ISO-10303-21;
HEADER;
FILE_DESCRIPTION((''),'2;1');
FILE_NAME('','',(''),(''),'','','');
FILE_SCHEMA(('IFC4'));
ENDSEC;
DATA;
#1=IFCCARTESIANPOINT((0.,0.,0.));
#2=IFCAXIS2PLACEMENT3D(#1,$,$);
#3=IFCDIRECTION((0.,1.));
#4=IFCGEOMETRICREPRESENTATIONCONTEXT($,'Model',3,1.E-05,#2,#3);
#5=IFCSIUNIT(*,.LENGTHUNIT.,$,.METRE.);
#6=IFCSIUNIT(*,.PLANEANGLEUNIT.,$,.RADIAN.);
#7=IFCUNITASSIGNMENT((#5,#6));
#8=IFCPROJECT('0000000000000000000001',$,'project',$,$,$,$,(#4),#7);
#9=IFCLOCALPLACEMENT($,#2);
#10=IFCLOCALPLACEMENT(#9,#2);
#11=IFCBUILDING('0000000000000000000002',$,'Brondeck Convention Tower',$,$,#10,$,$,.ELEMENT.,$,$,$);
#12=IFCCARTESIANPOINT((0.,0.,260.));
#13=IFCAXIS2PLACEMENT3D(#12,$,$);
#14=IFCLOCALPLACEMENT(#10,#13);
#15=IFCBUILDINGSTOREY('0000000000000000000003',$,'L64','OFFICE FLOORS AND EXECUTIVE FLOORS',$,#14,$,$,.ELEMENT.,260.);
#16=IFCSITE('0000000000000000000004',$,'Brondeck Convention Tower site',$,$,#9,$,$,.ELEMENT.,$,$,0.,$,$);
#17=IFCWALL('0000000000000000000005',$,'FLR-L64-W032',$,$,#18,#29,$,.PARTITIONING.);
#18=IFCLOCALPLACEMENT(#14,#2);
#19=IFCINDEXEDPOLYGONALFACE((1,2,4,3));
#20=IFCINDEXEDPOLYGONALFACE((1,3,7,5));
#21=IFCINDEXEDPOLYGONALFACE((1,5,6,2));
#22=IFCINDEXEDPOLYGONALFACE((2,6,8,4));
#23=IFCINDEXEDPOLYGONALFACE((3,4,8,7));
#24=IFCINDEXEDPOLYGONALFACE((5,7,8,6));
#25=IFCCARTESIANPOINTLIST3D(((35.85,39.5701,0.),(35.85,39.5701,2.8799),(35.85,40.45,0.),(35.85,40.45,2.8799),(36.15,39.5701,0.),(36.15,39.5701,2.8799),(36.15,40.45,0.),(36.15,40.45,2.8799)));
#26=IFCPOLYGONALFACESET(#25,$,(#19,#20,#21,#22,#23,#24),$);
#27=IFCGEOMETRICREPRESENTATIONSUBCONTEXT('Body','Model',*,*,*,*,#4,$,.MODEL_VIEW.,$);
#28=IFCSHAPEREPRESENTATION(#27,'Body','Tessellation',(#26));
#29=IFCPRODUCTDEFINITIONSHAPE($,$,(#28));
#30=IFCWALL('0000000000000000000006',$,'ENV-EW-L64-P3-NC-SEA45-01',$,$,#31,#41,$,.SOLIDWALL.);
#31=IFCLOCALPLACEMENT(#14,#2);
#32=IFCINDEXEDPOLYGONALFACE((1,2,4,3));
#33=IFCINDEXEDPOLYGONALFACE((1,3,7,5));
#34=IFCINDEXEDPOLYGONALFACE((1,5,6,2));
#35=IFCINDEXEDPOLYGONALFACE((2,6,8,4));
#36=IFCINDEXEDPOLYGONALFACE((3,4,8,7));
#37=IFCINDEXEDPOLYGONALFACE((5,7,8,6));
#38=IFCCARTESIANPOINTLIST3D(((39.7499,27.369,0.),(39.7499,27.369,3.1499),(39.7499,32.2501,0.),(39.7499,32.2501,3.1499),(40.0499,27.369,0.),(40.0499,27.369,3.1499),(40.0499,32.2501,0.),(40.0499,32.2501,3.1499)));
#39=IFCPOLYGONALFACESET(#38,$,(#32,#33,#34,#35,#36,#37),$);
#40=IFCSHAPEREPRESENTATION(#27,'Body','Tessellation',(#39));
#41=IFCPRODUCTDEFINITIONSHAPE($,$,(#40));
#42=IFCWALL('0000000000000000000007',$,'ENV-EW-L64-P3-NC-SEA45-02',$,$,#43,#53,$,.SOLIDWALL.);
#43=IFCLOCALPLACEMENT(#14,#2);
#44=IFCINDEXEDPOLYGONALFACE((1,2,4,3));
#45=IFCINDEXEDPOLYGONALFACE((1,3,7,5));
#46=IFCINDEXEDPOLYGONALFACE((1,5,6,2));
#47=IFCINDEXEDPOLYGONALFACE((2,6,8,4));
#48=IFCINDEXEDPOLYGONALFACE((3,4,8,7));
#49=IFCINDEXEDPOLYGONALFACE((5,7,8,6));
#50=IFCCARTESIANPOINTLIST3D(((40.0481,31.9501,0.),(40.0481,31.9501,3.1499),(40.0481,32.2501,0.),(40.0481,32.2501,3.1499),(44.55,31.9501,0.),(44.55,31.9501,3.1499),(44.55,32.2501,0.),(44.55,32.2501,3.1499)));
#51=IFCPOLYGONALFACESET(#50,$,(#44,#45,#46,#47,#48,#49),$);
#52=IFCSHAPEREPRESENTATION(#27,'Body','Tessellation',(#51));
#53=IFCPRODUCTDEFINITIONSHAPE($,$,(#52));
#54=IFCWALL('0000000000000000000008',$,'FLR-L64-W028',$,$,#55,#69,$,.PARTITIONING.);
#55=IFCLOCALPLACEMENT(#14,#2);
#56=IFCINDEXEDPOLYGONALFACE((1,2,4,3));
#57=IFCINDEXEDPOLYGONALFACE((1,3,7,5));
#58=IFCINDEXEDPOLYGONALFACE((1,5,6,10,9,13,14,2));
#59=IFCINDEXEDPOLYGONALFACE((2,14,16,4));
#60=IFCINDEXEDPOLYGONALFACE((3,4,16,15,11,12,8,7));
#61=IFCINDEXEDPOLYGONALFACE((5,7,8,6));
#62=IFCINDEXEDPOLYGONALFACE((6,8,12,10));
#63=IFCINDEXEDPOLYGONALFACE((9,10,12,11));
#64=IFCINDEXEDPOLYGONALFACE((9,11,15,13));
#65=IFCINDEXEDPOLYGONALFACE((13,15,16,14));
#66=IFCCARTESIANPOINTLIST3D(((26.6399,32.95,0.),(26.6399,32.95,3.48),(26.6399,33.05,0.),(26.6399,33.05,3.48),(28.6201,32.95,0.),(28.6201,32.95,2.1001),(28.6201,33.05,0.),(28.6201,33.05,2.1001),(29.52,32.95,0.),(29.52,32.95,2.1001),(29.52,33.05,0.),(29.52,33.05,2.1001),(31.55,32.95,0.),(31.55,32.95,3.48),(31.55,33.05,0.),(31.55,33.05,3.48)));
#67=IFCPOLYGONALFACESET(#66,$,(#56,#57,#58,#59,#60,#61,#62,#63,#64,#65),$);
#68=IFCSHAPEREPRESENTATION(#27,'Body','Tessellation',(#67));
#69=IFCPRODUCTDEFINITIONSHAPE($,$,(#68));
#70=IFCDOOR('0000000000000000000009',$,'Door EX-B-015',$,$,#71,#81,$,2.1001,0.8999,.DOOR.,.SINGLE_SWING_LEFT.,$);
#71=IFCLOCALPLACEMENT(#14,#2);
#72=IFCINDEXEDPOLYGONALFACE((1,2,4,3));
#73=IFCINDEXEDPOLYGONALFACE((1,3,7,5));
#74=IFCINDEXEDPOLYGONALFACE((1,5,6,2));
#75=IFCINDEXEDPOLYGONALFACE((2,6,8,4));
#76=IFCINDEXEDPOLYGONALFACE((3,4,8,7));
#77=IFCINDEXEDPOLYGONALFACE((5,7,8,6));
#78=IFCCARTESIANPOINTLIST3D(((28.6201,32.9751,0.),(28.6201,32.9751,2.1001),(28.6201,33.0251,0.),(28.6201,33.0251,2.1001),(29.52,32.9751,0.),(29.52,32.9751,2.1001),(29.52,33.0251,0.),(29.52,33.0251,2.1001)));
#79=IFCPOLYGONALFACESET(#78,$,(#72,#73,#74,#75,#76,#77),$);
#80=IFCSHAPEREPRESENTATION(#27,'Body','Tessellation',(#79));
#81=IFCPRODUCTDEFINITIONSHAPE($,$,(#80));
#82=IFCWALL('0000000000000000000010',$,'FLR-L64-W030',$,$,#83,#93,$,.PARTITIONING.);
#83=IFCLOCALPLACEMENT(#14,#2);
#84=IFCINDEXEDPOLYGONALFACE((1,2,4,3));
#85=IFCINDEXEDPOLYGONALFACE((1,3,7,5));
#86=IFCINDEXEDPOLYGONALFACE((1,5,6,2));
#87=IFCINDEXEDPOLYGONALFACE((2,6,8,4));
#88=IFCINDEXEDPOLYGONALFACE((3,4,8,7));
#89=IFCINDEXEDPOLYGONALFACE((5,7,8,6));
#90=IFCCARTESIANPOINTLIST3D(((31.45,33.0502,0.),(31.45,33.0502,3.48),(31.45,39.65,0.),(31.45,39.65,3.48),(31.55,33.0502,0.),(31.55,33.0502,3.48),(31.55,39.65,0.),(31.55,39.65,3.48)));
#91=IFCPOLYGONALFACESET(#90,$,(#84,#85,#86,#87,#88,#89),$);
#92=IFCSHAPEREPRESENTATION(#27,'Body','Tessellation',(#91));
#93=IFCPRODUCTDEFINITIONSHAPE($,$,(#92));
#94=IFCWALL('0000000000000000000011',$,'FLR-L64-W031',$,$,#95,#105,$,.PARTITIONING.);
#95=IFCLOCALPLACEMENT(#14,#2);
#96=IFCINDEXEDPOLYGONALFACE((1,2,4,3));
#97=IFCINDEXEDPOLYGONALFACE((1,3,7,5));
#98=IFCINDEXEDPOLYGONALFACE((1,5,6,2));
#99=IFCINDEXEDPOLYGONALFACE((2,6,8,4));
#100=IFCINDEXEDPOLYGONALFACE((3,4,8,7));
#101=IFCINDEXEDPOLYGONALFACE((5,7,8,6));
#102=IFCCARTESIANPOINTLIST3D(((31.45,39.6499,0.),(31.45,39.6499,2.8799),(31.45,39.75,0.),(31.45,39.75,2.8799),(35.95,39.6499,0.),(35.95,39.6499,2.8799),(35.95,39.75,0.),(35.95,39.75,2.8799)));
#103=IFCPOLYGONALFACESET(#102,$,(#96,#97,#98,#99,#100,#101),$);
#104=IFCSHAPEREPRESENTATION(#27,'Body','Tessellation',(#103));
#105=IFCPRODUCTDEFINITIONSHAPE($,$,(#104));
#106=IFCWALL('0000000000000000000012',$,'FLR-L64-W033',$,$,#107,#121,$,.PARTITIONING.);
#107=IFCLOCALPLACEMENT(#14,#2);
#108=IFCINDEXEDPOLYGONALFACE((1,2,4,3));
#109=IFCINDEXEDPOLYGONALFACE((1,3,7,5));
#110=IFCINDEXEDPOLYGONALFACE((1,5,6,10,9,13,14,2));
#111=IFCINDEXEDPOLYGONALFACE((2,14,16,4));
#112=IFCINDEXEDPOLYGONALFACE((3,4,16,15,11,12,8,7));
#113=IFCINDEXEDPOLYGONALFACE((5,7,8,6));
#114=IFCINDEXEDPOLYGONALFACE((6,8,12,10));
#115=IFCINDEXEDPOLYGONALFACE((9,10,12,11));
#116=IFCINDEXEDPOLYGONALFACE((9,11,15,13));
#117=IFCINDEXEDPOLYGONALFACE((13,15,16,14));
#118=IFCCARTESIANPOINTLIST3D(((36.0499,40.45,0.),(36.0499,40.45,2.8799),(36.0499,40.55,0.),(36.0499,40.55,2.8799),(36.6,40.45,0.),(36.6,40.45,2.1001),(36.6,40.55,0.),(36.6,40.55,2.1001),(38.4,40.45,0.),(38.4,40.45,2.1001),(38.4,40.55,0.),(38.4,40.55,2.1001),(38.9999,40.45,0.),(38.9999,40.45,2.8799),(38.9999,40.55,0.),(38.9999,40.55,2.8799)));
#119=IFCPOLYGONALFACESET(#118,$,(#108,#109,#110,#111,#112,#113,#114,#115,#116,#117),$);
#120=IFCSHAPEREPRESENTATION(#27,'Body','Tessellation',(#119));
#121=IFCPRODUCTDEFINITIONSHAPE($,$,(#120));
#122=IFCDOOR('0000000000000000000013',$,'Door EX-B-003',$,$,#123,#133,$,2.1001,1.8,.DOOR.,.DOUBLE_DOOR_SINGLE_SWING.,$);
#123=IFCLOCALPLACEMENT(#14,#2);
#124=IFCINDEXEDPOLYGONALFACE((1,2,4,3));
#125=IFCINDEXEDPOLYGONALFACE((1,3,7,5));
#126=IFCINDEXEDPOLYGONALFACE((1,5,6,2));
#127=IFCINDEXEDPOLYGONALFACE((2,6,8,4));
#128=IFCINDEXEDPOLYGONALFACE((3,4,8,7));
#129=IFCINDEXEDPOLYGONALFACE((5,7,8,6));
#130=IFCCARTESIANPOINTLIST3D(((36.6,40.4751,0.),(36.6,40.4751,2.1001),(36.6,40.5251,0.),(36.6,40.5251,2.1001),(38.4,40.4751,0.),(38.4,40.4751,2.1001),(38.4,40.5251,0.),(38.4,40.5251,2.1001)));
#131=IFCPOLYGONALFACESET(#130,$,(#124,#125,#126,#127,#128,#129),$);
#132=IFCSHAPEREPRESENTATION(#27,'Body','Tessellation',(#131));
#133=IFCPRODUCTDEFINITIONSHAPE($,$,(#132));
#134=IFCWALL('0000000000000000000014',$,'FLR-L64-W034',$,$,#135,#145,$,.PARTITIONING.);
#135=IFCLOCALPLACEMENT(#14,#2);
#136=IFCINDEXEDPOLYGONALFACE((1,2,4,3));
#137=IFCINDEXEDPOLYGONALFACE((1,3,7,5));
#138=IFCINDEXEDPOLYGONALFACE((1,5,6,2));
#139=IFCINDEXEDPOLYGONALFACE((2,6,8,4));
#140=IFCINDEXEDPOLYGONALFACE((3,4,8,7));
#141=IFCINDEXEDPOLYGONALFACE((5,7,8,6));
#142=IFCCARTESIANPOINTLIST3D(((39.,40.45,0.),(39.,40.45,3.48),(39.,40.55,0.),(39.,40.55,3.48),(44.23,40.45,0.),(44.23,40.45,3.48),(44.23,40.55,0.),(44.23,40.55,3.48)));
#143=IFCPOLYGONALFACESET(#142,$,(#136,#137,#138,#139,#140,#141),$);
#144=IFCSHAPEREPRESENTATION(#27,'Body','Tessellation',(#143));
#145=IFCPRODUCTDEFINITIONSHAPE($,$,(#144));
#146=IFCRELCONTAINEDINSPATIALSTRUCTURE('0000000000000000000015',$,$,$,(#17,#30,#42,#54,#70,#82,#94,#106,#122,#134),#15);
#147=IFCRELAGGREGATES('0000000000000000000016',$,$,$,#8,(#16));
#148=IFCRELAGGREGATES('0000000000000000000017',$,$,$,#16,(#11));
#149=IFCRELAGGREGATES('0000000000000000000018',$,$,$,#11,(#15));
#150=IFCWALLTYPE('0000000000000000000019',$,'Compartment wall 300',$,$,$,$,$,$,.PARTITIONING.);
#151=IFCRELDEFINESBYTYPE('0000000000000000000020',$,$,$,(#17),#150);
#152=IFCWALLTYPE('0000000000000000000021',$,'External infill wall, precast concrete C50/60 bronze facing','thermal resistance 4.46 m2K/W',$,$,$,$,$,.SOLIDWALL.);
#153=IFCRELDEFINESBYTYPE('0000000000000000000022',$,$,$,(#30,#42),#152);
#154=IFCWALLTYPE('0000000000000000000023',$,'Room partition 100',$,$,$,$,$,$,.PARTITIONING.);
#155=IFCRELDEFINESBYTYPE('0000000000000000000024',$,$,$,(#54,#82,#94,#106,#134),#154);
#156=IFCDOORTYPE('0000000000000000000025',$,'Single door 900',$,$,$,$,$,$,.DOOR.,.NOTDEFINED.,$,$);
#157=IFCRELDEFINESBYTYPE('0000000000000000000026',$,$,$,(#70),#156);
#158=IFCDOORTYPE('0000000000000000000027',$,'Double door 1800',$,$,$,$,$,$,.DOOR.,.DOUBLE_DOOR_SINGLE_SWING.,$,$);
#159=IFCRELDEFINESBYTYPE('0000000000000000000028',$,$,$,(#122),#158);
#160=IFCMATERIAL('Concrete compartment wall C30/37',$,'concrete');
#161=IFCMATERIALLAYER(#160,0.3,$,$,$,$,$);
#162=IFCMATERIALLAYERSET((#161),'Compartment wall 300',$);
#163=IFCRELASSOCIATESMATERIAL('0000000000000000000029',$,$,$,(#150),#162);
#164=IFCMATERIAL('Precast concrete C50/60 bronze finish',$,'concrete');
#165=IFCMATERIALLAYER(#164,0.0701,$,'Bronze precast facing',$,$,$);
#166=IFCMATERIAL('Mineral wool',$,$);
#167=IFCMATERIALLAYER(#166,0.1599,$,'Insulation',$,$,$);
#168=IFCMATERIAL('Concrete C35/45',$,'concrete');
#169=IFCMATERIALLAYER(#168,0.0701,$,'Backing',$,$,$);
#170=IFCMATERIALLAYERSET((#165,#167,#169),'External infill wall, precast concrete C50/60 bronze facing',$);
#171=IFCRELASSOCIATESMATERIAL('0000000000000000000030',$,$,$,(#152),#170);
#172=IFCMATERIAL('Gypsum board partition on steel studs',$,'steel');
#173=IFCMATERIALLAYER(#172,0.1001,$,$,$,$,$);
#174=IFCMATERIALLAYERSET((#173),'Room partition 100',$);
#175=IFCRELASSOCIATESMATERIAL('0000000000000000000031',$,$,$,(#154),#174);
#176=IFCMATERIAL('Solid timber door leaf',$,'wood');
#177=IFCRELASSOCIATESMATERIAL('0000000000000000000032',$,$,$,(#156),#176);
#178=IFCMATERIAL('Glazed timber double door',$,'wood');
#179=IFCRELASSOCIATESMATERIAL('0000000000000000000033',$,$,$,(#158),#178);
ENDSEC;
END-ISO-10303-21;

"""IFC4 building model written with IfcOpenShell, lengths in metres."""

from ifc_helpers import new_model, si_unit, direction, frame, frame_2d, origin, place, context, subcontext, project, spatial, rectangle, extrude, material, layer, layer_set, type_object, element, fill, save


model = new_model("IFC4")

# Units and contexts
model_context = context("Model", 3, precision=1e-05, world=origin(), true_north=direction((0.0, 1.0)))
body_context = subcontext(model_context, "Body", "Model", "MODEL_VIEW")
ifc_project = project(units=[si_unit("LENGTHUNIT", "METRE"), si_unit("PLANEANGLEUNIT", "RADIAN")], contexts=[model_context])

# Site, building, storey
site_placement = place(None, origin())
site = spatial("IfcSite", under=ifc_project, at=site_placement, Name="Brondeck Convention Tower site", CompositionType="ELEMENT", RefElevation=0.0)
building_placement = place(site_placement, origin())
building = spatial("IfcBuilding", under=site, at=building_placement, Name="Brondeck Convention Tower", CompositionType="ELEMENT")
storey_placement = place(building_placement, frame((0.0, 0.0, 260.0)))
storey = spatial("IfcBuildingStorey", under=building, at=storey_placement, Name="L64", Description="OFFICE FLOORS AND EXECUTIVE FLOORS", CompositionType="ELEMENT", Elevation=260.0)

# Walls
ifc_material_1 = material(Name="Concrete compartment wall C30/37", Category="concrete")
ifc_layer_1 = layer(ifc_material_1, 0.3)
ifc_layer_set_1 = layer_set([ifc_layer_1], Name="Compartment wall 300")
wall_type_1 = type_object("IfcWallType", Name="Compartment wall 300", PredefinedType="PARTITIONING", material=ifc_layer_set_1)
wall_1_placement = place(storey_placement, frame((36.0, 40.45, 0.0), z_axis=(0.0, 0.0, 1.0), x_axis=(0.0, -1.0, 0.0)))
element("IfcWall", 1, at=wall_1_placement, inside=storey, type_object=wall_type_1, Name="FLR-L64-W032", PredefinedType="PARTITIONING", context=body_context, shape_type="SweptSolid", body=[
    extrude(rectangle(XDim=0.8799, YDim=0.3, at=frame_2d((0.4399, 0.0))), origin(), (0.0, 0.0, 1.0), 2.8799),
])
ifc_material_2 = material(Name="Precast concrete C50/60 bronze finish", Category="concrete")
ifc_layer_2 = layer(ifc_material_2, 0.0701, Name="Bronze precast facing")
ifc_material_3 = material(Name="Mineral wool")
ifc_layer_3 = layer(ifc_material_3, 0.1599, Name="Insulation")
ifc_material_4 = material(Name="Concrete C35/45", Category="concrete")
ifc_layer_4 = layer(ifc_material_4, 0.0701, Name="Backing")
ifc_layer_set_2 = layer_set([ifc_layer_2, ifc_layer_3, ifc_layer_4], Name="External infill wall, precast concrete C50/60 bronze facing")
wall_type_2 = type_object("IfcWallType", Name="External infill wall, precast concrete C50/60 bronze facing", Description="thermal resistance 4.46 m2K/W", PredefinedType="SOLIDWALL", material=ifc_layer_set_2)
wall_2_placement = place(storey_placement, frame((39.8999, 32.25, 0.0), z_axis=(0.0, 0.0, 1.0), x_axis=(0.0, -1.0, 0.0)))
element("IfcWall", 2, at=wall_2_placement, inside=storey, type_object=wall_type_2, Name="ENV-EW-L64-P3-NC-SEA45-01", PredefinedType="SOLIDWALL", context=body_context, shape_type="SweptSolid", body=[
    extrude(rectangle(XDim=4.8811, YDim=0.3, at=frame_2d((2.4404, 0.0))), origin(), (0.0, 0.0, 1.0), 3.1499),
])
wall_3_placement = place(storey_placement, frame((44.55, 32.1001, 0.0), z_axis=(0.0, 0.0, 1.0), x_axis=(-1.0, 0.0, 0.0)))
element("IfcWall", 3, at=wall_3_placement, inside=storey, type_object=wall_type_2, Name="ENV-EW-L64-P3-NC-SEA45-02", PredefinedType="SOLIDWALL", context=body_context, shape_type="SweptSolid", body=[
    extrude(rectangle(XDim=4.502, YDim=0.3, at=frame_2d((2.251, 0.0))), origin(), (0.0, 0.0, 1.0), 3.1499),
])

# Wall, opening, door
ifc_material_5 = material(Name="Gypsum board partition on steel studs", Category="steel")
ifc_layer_5 = layer(ifc_material_5, 0.1001)
ifc_layer_set_3 = layer_set([ifc_layer_5], Name="Room partition 100")
wall_type_3 = type_object("IfcWallType", Name="Room partition 100", PredefinedType="PARTITIONING", material=ifc_layer_set_3)
wall_4_placement = place(storey_placement, frame((31.55, 33.0, 0.0), z_axis=(0.0, 0.0, 1.0), x_axis=(-1.0, 0.0, 0.0)))
wall_4 = element("IfcWall", 4, at=wall_4_placement, inside=storey, type_object=wall_type_3, Name="FLR-L64-W028", PredefinedType="PARTITIONING", context=body_context, shape_type="SweptSolid", body=[
    extrude(rectangle(XDim=4.9102, YDim=0.1001, at=frame_2d((2.4551, 0.0))), origin(), (0.0, 0.0, 1.0), 3.48),
])
opening_1_placement = place(wall_4_placement, frame((2.03, 0.0, 0.0)))
opening_1 = element("IfcOpeningElement", 5, at=opening_1_placement, cuts=wall_4, PredefinedType="OPENING", context=body_context, shape_type="SweptSolid", body=[
    extrude(rectangle(XDim=0.8999, YDim=2.1001, at=frame_2d((0.45, 1.05))), frame((0.0, 0.0601, 0.0), z_axis=(0.0, -1.0, 0.0), x_axis=(1.0, 0.0, 0.0)), (0.0, 0.0, 1.0), 0.1201),
])
ifc_material_6 = material(Name="Solid timber door leaf", Category="wood")
door_type_1 = type_object("IfcDoorType", Name="Single door 900", OperationType="NOTDEFINED", PredefinedType="DOOR", material=ifc_material_6)
door_1_placement = place(opening_1_placement, origin())
door_1 = element("IfcDoor", 6, at=door_1_placement, inside=storey, type_object=door_type_1, Name="Door EX-B-015", OperationType="SINGLE_SWING_LEFT", OverallHeight=2.1001, OverallWidth=0.8999, PredefinedType="DOOR", context=body_context, shape_type="SweptSolid", body=[
    extrude(rectangle(XDim=0.8999, YDim=2.1001, at=frame_2d((0.45, 1.05))), frame((0.0, 0.0249, 0.0), z_axis=(0.0, -1.0, 0.0), x_axis=(1.0, 0.0, 0.0)), (0.0, 0.0, 1.0), 0.05),
])
fill(opening_1, door_1)

# Walls
wall_5_placement = place(storey_placement, frame((31.5, 39.6499, 0.0), z_axis=(0.0, 0.0, 1.0), x_axis=(0.0, -1.0, 0.0)))
element("IfcWall", 7, at=wall_5_placement, inside=storey, type_object=wall_type_3, Name="FLR-L64-W030", PredefinedType="PARTITIONING", context=body_context, shape_type="SweptSolid", body=[
    extrude(rectangle(XDim=6.5999, YDim=0.1001, at=frame_2d((3.2998, 0.0))), origin(), (0.0, 0.0, 1.0), 3.48),
])
wall_6_placement = place(storey_placement, frame((35.95, 39.7, 0.0), z_axis=(0.0, 0.0, 1.0), x_axis=(-1.0, 0.0, 0.0)))
element("IfcWall", 8, at=wall_6_placement, inside=storey, type_object=wall_type_3, Name="FLR-L64-W031", PredefinedType="PARTITIONING", context=body_context, shape_type="SweptSolid", body=[
    extrude(rectangle(XDim=4.5, YDim=0.1001, at=frame_2d((2.25, 0.0))), origin(), (0.0, 0.0, 1.0), 2.8799),
])

# Wall, opening, door
wall_7_placement = place(storey_placement, frame((39.0, 40.5, 0.0), z_axis=(0.0, 0.0, 1.0), x_axis=(-1.0, 0.0, 0.0)))
wall_7 = element("IfcWall", 9, at=wall_7_placement, inside=storey, type_object=wall_type_3, Name="FLR-L64-W033", PredefinedType="PARTITIONING", context=body_context, shape_type="SweptSolid", body=[
    extrude(rectangle(XDim=2.95, YDim=0.1001, at=frame_2d((1.4751, 0.0))), origin(), (0.0, 0.0, 1.0), 2.8799),
])
opening_2_placement = place(wall_7_placement, frame((0.6001, 0.0, 0.0)))
opening_2 = element("IfcOpeningElement", 10, at=opening_2_placement, cuts=wall_7, PredefinedType="OPENING", context=body_context, shape_type="SweptSolid", body=[
    extrude(rectangle(XDim=1.8, YDim=2.1001, at=frame_2d((0.8999, 1.05))), frame((0.0, 0.0601, 0.0), z_axis=(0.0, -1.0, 0.0), x_axis=(1.0, 0.0, 0.0)), (0.0, 0.0, 1.0), 0.1201),
])
ifc_material_7 = material(Name="Glazed timber double door", Category="wood")
door_type_2 = type_object("IfcDoorType", Name="Double door 1800", OperationType="DOUBLE_DOOR_SINGLE_SWING", PredefinedType="DOOR", material=ifc_material_7)
door_2_placement = place(opening_2_placement, origin())
door_2 = element("IfcDoor", 11, at=door_2_placement, inside=storey, type_object=door_type_2, Name="Door EX-B-003", OperationType="DOUBLE_DOOR_SINGLE_SWING", OverallHeight=2.1001, OverallWidth=1.8, PredefinedType="DOOR", context=body_context, shape_type="SweptSolid", body=[
    extrude(rectangle(XDim=1.8, YDim=2.1001, at=frame_2d((0.8999, 1.05))), frame((0.0, 0.0249, 0.0), z_axis=(0.0, -1.0, 0.0), x_axis=(1.0, 0.0, 0.0)), (0.0, 0.0, 1.0), 0.05),
])
fill(opening_2, door_2)

# Wall
wall_8_placement = place(storey_placement, frame((44.23, 40.5, 0.0), z_axis=(0.0, 0.0, 1.0), x_axis=(-1.0, 0.0, 0.0)))
element("IfcWall", 12, at=wall_8_placement, inside=storey, type_object=wall_type_3, Name="FLR-L64-W034", PredefinedType="PARTITIONING", context=body_context, shape_type="SweptSolid", body=[
    extrude(rectangle(XDim=5.23, YDim=0.1001, at=frame_2d((2.615, 0.0))), origin(), (0.0, 0.0, 1.0), 3.48),
])

save(model, "model.ifc")
